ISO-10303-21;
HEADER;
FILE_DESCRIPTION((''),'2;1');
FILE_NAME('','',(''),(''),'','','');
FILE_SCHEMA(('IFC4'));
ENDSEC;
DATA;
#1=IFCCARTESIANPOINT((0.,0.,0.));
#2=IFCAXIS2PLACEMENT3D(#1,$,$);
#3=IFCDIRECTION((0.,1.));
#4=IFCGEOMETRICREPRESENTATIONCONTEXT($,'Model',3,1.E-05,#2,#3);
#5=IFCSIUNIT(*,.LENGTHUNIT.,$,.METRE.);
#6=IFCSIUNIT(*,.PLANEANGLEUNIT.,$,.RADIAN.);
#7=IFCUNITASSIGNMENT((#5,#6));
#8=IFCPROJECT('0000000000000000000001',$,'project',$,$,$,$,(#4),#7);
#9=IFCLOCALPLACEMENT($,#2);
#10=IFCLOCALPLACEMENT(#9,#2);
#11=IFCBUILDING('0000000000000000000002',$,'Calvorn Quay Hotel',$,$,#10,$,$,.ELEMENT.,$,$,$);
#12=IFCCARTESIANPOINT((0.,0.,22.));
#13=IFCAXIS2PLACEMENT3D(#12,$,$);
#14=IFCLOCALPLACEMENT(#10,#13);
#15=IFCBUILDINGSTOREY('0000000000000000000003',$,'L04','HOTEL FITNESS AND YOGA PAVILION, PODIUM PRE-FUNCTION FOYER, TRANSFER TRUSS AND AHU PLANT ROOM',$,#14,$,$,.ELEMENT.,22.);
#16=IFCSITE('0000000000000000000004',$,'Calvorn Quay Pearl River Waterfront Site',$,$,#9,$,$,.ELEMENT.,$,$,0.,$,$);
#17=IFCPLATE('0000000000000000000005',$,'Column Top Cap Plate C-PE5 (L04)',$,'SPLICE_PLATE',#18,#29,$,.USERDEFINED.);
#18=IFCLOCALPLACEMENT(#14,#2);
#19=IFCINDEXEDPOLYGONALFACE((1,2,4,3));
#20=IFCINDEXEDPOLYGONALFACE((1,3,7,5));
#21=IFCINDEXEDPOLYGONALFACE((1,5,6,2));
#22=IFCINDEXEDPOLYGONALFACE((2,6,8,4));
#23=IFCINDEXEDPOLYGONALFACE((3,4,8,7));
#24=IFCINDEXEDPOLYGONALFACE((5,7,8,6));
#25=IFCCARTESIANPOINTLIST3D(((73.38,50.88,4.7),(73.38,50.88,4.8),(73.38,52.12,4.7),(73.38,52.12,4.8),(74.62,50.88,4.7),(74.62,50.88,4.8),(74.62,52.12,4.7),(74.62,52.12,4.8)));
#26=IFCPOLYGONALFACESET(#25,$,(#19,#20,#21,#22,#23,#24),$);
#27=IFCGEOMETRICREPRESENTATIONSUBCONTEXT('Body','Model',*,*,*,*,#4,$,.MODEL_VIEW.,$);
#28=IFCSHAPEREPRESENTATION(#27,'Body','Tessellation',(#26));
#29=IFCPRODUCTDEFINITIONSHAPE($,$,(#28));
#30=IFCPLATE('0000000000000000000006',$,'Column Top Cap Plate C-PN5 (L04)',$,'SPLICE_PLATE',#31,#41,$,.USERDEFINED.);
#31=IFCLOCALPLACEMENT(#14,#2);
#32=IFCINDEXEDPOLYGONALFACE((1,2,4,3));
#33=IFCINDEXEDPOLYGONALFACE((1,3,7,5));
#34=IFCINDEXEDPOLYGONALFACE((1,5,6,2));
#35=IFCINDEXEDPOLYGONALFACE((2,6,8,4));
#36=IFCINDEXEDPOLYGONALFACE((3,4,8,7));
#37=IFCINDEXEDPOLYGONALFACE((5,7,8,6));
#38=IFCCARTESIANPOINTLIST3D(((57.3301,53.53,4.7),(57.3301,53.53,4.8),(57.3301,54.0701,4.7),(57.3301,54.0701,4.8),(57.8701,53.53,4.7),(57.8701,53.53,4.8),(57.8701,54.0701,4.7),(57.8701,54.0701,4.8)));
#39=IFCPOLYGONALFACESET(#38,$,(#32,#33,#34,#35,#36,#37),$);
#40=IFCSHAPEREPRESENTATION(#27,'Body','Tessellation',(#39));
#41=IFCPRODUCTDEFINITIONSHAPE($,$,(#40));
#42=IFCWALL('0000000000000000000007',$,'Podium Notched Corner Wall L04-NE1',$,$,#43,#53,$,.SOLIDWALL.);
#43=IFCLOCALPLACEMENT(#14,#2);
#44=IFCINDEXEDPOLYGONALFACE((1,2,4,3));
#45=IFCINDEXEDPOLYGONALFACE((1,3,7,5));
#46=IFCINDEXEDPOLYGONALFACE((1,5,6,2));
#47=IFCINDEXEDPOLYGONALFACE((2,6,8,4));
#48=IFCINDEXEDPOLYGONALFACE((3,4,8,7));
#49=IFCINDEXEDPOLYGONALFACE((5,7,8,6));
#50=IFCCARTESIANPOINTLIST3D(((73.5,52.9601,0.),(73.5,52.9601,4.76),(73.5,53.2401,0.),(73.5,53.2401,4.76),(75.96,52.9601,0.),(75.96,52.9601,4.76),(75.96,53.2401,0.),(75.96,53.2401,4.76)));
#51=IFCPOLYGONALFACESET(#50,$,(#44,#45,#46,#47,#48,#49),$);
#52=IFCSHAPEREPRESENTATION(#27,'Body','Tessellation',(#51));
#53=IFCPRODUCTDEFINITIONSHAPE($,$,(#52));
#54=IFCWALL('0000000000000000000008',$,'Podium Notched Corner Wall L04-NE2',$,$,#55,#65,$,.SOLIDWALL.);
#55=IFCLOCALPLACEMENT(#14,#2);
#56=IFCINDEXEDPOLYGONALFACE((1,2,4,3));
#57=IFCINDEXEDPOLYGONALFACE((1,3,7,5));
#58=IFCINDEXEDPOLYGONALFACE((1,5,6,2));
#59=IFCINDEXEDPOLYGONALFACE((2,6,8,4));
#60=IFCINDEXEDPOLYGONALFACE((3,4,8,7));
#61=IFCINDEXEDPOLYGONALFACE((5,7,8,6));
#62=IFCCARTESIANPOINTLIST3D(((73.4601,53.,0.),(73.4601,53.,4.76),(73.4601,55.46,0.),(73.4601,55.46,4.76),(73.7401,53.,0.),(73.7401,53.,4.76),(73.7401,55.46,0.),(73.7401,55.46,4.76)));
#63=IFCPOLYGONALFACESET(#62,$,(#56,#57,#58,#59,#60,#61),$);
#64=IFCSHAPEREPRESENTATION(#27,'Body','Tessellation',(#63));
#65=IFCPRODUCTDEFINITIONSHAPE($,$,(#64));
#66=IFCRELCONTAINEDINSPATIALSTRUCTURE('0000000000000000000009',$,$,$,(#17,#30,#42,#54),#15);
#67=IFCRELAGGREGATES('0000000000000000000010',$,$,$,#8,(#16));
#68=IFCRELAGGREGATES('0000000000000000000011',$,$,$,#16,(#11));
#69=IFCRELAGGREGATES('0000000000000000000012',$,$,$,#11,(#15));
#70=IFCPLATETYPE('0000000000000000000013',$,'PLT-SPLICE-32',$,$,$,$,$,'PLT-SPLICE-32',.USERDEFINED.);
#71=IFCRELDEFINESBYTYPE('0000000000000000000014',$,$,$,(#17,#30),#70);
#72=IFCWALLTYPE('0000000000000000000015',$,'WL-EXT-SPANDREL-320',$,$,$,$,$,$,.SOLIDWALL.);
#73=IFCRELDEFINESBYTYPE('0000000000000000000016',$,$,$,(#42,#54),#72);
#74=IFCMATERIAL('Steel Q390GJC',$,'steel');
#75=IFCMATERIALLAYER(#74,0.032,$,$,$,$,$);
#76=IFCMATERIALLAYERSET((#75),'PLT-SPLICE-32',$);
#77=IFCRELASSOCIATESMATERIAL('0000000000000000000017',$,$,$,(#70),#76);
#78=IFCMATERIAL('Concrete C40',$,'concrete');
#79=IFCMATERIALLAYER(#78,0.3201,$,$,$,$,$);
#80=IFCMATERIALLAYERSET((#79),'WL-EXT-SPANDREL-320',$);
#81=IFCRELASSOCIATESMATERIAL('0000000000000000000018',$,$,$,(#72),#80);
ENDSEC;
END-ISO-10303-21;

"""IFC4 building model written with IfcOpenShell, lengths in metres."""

from ifc_helpers import new_model, si_unit, direction, frame, frame_2d, origin, origin_2d, place, context, subcontext, project, spatial, rectangle, extrude, material, layer, layer_set, type_object, element, save


model = new_model("IFC4")

# Units and contexts
model_context = context("Model", 3, precision=1e-05, world=origin(), true_north=direction((0.0, 1.0)))
body_context = subcontext(model_context, "Body", "Model", "MODEL_VIEW")
ifc_project = project(units=[si_unit("LENGTHUNIT", "METRE"), si_unit("PLANEANGLEUNIT", "RADIAN")], contexts=[model_context])

# Site, building, storey
site_placement = place(None, origin())
site = spatial("IfcSite", under=ifc_project, at=site_placement, Name="Calvorn Quay Pearl River Waterfront Site", CompositionType="ELEMENT", RefElevation=0.0)
building_placement = place(site_placement, origin())
building = spatial("IfcBuilding", under=site, at=building_placement, Name="Calvorn Quay Hotel", CompositionType="ELEMENT")
storey_placement = place(building_placement, frame((0.0, 0.0, 22.0)))
storey = spatial("IfcBuildingStorey", under=building, at=storey_placement, Name="L04", Description="HOTEL FITNESS AND YOGA PAVILION, PODIUM PRE-FUNCTION FOYER, TRANSFER TRUSS AND AHU PLANT ROOM", CompositionType="ELEMENT", Elevation=22.0)

# Plates
ifc_material_1 = material(Name="Steel Q390GJC", Category="steel")
ifc_layer_1 = layer(ifc_material_1, 0.032)
ifc_layer_set_1 = layer_set([ifc_layer_1], Name="PLT-SPLICE-32")
plate_type_1 = type_object("IfcPlateType", Name="PLT-SPLICE-32", ElementType="PLT-SPLICE-32", PredefinedType="USERDEFINED", material=ifc_layer_set_1)
plate_1_placement = place(storey_placement, frame((74.0, 51.5, 4.7), z_axis=(0.0, 0.0, 1.0), x_axis=(1.0, 0.0, 0.0)))
element("IfcPlate", 1, at=plate_1_placement, inside=storey, type_object=plate_type_1, Name="Column Top Cap Plate C-PE5 (L04)", ObjectType="SPLICE_PLATE", PredefinedType="USERDEFINED", context=body_context, shape_type="SweptSolid", body=[
    extrude(rectangle(XDim=1.24, YDim=1.24, at=origin_2d()), origin(), (0.0, 0.0, 1.0), 0.1001),
])
plate_2_placement = place(storey_placement, frame((57.6001, 53.8, 4.7), z_axis=(0.0, 0.0, 1.0), x_axis=(1.0, 0.0, 0.0)))
element("IfcPlate", 2, at=plate_2_placement, inside=storey, type_object=plate_type_1, Name="Column Top Cap Plate C-PN5 (L04)", ObjectType="SPLICE_PLATE", PredefinedType="USERDEFINED", context=body_context, shape_type="SweptSolid", body=[
    extrude(rectangle(XDim=0.54, YDim=0.54, at=origin_2d()), origin(), (0.0, 0.0, 1.0), 0.1001),
])

# Walls
ifc_material_2 = material(Name="Concrete C40", Category="concrete")
ifc_layer_2 = layer(ifc_material_2, 0.3201)
ifc_layer_set_2 = layer_set([ifc_layer_2], Name="WL-EXT-SPANDREL-320")
wall_type = type_object("IfcWallType", Name="WL-EXT-SPANDREL-320", PredefinedType="SOLIDWALL", material=ifc_layer_set_2)
for number, where, z_axis, x_axis, name in (
    (3, (75.96, 53.1001, 0.0), (0.0, 0.0, 1.0), (-1.0, 0.0, 0.0), "Podium Notched Corner Wall L04-NE1"),
    (4, (73.6001, 53.0, 0.0), (0.0, 0.0, 1.0), (0.0, 1.0, 0.0), "Podium Notched Corner Wall L04-NE2"),
):
    element("IfcWall", number, at=place(storey_placement, frame(where, z_axis=z_axis, x_axis=x_axis)), inside=storey, type_object=wall_type, Name=name, PredefinedType="SOLIDWALL", context=body_context, shape_type="SweptSolid", body=[
        extrude(rectangle(XDim=2.46, YDim=0.28, at=frame_2d((1.23, 0.0))), origin(), (0.0, 0.0, 1.0), 4.76),
    ])

save(model, "model.ifc")
